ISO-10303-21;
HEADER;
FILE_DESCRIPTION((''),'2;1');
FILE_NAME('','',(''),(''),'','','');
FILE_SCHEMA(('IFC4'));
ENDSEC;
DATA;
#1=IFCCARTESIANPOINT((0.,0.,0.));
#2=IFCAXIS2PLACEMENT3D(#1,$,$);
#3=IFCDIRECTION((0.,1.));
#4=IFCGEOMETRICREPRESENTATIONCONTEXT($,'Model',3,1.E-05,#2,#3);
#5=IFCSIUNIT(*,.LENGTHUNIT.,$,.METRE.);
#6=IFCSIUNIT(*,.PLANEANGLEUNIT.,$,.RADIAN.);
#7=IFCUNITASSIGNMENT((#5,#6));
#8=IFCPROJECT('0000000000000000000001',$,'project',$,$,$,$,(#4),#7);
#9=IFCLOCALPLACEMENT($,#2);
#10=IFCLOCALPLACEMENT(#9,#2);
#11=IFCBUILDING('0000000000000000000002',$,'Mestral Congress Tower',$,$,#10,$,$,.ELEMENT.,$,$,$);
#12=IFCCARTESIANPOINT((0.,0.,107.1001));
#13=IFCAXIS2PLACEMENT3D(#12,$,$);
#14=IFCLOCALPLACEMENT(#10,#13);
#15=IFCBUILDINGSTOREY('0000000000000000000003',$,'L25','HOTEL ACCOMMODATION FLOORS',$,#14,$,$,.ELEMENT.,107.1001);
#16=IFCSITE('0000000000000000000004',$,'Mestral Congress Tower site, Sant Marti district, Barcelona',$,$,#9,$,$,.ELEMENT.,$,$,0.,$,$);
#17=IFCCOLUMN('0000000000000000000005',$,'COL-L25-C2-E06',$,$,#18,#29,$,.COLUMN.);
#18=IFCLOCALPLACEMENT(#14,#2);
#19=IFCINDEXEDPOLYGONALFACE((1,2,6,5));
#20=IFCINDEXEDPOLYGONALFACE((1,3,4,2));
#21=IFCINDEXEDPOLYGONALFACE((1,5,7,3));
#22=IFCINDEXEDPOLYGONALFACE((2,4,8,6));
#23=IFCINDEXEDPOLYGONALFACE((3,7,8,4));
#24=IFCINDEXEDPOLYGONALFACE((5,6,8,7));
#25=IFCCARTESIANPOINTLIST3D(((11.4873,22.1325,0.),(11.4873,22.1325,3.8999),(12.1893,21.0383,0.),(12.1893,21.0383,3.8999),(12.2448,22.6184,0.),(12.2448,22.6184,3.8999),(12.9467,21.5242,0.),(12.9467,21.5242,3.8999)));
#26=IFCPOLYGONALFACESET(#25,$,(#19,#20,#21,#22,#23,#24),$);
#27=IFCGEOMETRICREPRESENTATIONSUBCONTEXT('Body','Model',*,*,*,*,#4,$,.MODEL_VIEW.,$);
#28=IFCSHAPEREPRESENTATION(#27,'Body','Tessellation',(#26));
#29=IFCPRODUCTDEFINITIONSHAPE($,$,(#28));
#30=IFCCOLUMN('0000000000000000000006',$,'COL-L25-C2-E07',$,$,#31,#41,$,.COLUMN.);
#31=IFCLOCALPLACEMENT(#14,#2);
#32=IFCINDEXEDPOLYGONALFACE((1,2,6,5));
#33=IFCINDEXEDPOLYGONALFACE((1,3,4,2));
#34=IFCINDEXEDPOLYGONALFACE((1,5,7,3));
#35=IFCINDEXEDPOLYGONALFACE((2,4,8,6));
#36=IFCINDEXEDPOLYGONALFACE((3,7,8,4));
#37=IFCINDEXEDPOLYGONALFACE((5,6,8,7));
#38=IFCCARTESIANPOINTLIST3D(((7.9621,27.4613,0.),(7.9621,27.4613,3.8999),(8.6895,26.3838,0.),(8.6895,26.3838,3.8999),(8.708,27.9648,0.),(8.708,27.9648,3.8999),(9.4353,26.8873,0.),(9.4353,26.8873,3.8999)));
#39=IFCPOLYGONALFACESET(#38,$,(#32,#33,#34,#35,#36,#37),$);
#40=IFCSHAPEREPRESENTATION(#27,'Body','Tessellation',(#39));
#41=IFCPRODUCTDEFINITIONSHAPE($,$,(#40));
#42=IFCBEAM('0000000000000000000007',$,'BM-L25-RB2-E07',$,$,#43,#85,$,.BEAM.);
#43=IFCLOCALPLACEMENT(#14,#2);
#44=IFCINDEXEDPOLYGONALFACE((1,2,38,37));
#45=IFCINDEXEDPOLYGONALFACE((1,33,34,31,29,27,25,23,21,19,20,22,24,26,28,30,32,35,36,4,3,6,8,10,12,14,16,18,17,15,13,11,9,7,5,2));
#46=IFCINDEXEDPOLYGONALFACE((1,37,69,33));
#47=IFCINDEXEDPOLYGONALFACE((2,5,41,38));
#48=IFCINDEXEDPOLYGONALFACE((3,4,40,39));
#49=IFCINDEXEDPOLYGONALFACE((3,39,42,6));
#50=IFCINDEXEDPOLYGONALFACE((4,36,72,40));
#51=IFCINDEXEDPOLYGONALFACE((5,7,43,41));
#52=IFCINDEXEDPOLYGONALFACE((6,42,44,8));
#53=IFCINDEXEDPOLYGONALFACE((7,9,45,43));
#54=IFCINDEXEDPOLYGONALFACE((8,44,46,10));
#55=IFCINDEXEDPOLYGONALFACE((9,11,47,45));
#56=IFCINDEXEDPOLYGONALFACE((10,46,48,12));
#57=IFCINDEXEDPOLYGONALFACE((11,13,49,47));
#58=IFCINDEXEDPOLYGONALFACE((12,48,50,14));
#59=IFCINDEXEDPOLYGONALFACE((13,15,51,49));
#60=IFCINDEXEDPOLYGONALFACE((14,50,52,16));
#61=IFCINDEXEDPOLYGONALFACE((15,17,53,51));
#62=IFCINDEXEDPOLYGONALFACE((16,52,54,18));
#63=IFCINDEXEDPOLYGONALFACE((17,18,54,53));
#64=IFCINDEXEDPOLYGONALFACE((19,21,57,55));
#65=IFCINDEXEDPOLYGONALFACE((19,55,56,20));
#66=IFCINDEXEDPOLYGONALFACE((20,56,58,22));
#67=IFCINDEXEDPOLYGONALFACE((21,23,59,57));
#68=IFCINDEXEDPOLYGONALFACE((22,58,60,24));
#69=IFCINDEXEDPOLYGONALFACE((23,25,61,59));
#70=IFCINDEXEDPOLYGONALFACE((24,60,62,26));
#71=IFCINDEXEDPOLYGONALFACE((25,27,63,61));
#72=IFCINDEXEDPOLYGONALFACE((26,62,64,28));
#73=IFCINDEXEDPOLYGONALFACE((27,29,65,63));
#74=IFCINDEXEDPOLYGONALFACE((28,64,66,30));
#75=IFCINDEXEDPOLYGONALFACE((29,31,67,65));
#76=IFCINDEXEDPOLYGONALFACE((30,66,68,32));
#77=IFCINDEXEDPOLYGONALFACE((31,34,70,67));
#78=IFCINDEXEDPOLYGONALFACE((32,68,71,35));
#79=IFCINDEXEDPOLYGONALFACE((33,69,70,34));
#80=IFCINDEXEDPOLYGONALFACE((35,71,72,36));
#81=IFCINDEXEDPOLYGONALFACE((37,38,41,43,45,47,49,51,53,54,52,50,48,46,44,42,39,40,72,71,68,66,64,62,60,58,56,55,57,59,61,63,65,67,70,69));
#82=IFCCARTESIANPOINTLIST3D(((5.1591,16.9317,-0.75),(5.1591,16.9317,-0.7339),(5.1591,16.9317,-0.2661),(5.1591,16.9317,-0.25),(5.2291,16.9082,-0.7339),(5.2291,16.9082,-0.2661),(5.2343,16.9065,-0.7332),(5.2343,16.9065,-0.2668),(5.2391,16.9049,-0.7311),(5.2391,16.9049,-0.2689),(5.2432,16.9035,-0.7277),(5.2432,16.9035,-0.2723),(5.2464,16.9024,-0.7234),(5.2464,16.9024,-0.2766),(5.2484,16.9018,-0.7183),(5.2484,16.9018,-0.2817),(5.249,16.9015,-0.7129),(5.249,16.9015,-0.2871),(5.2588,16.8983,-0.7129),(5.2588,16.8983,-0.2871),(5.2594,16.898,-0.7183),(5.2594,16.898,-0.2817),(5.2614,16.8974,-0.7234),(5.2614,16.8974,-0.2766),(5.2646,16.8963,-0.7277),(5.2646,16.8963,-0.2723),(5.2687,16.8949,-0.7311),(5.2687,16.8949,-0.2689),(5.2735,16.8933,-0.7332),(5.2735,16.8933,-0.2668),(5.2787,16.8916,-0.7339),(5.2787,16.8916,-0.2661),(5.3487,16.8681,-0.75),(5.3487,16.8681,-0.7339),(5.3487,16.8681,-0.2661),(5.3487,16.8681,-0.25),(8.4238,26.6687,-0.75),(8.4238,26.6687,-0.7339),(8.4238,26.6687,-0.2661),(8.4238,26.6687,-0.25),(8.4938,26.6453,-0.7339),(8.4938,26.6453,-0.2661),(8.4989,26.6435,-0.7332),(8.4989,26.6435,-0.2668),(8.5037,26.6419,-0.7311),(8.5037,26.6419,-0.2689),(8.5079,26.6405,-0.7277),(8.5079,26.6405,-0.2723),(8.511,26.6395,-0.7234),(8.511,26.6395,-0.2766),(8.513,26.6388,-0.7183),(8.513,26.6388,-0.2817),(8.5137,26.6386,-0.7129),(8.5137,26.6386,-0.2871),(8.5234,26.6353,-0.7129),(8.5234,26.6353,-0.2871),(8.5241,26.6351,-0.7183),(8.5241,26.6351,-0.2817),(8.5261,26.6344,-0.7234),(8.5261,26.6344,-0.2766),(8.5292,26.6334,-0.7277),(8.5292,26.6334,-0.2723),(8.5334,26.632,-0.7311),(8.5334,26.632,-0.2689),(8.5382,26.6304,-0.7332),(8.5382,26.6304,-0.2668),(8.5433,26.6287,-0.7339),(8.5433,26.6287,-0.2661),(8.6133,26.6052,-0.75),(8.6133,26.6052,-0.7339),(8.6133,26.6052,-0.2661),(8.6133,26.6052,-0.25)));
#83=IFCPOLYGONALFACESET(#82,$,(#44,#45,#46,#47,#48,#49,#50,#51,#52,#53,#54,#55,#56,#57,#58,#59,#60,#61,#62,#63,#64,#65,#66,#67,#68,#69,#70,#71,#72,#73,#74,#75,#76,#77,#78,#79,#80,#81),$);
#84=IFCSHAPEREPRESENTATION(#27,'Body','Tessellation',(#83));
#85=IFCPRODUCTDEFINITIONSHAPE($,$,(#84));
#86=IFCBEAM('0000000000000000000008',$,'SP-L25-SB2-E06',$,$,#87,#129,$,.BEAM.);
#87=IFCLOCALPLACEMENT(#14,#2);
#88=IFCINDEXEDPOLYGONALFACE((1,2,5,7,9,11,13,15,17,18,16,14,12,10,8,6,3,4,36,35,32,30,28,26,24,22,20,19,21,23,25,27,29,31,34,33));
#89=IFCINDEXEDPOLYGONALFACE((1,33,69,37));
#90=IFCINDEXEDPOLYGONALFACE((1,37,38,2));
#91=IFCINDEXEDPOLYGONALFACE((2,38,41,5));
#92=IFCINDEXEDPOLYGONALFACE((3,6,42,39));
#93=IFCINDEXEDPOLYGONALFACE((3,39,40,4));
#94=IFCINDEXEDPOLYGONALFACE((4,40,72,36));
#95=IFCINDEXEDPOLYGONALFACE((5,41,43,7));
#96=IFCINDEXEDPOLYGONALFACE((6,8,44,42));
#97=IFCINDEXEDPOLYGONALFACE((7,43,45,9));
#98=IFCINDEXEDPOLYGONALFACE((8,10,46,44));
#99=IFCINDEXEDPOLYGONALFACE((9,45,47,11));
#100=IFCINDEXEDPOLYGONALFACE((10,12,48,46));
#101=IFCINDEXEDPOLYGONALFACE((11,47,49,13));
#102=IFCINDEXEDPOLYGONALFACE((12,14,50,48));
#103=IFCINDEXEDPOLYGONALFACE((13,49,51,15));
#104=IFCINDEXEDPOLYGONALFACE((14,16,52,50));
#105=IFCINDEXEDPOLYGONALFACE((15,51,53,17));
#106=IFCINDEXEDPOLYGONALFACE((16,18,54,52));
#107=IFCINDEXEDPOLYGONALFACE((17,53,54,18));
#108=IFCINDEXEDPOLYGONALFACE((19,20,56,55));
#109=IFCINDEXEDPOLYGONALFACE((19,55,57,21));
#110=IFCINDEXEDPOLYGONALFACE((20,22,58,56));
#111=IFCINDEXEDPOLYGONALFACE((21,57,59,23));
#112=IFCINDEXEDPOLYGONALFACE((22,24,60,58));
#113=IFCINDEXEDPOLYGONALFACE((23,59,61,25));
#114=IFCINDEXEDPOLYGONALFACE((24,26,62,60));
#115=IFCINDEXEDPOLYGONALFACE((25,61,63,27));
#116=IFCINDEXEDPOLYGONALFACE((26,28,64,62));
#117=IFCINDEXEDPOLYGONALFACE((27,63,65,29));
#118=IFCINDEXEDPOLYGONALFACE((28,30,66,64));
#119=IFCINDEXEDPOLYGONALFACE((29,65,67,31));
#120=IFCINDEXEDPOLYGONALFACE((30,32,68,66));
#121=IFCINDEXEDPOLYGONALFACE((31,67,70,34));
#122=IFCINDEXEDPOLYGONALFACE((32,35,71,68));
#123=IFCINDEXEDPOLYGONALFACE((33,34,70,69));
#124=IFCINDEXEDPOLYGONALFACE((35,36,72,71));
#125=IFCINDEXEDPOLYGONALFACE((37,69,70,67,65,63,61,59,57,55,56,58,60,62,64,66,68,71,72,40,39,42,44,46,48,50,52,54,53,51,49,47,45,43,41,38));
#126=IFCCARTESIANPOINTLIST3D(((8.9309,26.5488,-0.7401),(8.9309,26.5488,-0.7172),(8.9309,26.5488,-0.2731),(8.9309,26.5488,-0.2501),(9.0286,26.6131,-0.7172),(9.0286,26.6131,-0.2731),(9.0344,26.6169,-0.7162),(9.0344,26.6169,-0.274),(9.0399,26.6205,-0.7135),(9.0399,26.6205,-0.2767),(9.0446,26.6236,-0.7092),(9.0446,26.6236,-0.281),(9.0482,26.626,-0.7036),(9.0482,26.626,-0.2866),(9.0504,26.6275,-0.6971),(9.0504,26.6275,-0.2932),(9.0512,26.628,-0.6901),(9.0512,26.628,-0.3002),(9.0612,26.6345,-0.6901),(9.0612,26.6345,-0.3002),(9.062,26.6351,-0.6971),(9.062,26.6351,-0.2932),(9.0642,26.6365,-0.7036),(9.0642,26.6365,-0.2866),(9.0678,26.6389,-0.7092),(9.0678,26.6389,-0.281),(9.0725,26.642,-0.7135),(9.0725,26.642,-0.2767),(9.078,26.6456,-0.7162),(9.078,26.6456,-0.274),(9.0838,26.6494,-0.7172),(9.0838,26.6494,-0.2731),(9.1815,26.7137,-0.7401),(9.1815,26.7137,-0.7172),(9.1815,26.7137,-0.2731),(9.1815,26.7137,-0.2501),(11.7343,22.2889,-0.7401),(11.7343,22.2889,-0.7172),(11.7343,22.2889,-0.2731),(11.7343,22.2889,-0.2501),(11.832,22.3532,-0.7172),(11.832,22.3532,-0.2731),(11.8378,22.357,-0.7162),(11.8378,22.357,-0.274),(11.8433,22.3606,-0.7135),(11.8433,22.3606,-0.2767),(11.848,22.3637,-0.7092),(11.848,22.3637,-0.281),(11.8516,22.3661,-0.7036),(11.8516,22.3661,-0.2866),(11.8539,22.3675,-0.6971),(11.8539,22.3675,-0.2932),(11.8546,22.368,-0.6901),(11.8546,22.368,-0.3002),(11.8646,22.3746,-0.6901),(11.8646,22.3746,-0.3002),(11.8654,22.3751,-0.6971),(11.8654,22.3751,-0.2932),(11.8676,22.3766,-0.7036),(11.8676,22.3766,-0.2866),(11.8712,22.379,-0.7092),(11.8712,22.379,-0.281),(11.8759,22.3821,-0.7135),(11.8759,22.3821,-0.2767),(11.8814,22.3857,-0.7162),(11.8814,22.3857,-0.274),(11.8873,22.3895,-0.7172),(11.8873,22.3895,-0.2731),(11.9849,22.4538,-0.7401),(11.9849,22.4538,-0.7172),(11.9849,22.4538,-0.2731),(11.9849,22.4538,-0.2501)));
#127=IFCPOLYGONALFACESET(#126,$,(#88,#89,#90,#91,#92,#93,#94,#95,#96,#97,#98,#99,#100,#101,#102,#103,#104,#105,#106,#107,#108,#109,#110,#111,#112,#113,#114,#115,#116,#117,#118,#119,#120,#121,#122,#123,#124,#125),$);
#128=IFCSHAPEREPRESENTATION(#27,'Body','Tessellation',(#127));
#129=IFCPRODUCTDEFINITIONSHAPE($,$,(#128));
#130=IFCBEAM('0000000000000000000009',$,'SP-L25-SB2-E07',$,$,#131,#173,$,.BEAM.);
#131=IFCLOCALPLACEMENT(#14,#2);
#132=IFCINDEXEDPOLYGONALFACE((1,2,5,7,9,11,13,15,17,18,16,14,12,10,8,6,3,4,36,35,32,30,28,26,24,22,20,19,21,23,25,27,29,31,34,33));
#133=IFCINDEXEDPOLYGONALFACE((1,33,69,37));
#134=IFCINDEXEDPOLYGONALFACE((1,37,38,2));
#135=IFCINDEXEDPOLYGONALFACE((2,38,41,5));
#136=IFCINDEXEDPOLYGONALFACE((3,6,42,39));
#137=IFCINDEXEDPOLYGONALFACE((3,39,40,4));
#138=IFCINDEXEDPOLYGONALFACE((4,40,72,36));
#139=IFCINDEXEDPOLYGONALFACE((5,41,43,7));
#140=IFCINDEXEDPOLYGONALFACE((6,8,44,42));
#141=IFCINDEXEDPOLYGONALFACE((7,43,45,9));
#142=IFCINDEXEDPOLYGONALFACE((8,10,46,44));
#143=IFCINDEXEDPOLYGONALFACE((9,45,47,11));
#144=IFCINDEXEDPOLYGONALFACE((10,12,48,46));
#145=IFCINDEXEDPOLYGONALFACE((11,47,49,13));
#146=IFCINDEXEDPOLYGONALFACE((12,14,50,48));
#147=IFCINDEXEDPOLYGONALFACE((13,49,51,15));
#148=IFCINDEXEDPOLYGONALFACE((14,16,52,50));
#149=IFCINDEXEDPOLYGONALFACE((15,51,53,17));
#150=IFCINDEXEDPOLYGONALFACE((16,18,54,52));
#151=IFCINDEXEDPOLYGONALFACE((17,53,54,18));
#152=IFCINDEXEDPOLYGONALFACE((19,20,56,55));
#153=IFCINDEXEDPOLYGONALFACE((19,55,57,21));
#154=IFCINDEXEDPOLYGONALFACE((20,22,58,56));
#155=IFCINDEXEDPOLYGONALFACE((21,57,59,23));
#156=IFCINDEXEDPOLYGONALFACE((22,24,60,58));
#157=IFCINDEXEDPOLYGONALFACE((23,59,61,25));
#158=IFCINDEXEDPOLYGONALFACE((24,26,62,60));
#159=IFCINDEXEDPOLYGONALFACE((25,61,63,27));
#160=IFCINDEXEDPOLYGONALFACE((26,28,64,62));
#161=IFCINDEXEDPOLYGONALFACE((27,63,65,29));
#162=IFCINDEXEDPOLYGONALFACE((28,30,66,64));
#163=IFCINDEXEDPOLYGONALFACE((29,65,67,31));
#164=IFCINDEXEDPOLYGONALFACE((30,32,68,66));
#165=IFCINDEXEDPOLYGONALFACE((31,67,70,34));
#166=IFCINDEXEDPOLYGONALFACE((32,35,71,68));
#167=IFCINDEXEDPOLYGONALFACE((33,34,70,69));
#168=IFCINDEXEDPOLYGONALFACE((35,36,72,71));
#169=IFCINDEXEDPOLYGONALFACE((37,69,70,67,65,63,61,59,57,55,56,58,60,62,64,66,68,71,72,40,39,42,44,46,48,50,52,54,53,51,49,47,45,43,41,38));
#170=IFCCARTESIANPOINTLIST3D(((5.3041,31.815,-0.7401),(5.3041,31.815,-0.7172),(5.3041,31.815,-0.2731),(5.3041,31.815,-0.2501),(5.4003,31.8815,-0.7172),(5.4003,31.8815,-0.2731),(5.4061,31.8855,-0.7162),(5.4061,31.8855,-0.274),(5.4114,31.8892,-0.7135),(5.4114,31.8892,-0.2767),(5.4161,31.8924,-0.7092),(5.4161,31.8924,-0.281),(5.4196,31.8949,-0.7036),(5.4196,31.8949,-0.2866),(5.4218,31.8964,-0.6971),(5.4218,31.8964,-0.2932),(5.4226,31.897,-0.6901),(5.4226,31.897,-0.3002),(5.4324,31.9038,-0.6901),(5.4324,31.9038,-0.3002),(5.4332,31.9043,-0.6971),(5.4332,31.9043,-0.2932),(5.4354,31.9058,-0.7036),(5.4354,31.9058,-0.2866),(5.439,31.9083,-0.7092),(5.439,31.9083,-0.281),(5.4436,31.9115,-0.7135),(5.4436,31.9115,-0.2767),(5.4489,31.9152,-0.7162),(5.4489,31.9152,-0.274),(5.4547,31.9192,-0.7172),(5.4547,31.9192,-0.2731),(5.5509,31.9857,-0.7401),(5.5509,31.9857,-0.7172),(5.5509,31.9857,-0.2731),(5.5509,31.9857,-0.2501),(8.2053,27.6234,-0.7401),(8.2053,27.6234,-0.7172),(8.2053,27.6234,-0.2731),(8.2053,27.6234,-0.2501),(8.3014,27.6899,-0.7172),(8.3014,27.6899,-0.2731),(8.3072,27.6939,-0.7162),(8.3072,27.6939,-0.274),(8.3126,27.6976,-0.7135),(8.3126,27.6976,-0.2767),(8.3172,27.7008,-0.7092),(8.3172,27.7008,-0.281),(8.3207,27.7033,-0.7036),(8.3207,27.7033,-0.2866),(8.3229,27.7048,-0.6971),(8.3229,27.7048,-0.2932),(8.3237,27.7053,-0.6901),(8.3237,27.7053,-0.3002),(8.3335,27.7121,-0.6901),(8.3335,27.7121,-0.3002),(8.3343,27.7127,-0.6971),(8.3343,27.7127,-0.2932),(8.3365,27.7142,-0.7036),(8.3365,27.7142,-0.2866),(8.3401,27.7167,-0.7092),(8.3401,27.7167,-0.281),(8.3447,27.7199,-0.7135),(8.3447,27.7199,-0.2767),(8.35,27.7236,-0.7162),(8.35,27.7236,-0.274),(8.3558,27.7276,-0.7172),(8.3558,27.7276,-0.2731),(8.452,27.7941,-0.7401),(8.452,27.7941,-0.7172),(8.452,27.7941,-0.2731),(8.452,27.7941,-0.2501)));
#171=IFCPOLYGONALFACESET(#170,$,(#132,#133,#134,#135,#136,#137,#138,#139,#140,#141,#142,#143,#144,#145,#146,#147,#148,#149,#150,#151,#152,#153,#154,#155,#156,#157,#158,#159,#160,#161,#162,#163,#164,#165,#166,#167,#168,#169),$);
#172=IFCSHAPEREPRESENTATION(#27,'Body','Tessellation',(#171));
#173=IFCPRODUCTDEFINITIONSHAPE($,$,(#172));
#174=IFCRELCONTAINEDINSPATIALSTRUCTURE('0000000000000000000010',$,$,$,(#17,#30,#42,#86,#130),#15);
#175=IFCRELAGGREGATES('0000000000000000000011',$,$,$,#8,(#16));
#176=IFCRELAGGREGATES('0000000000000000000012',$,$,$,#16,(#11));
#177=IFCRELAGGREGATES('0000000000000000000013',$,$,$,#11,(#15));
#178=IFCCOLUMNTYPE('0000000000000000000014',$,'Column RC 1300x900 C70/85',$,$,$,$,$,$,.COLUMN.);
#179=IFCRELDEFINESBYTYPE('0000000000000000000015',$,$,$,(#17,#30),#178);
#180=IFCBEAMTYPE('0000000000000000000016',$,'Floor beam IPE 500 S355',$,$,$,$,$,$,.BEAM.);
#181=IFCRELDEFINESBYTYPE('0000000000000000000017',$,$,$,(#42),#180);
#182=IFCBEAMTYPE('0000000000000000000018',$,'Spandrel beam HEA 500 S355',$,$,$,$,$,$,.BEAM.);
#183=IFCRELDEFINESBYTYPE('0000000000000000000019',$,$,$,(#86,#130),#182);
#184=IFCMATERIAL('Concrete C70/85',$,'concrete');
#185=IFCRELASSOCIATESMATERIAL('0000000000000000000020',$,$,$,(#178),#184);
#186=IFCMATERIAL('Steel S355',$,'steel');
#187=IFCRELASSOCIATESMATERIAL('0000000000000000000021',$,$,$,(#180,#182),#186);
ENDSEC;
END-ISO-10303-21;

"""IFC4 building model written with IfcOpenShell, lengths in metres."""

from ifc_helpers import new_model, si_unit, direction, frame, origin, origin_2d, place, context, subcontext, project, spatial, rectangle, i_section, extrude, material, material_profile, profile_set, type_object, element, save


model = new_model("IFC4")

# Units and contexts
model_context = context("Model", 3, precision=1e-05, world=origin(), true_north=direction((0.0, 1.0)))
body_context = subcontext(model_context, "Body", "Model", "MODEL_VIEW")
ifc_project = project(units=[si_unit("LENGTHUNIT", "METRE"), si_unit("PLANEANGLEUNIT", "RADIAN")], contexts=[model_context])

# Site, building, storey
site_placement = place(None, origin())
site = spatial("IfcSite", under=ifc_project, at=site_placement, Name="Mestral Congress Tower site, Sant Marti district, Barcelona", CompositionType="ELEMENT", RefElevation=0.0)
building_placement = place(site_placement, origin())
building = spatial("IfcBuilding", under=site, at=building_placement, Name="Mestral Congress Tower", CompositionType="ELEMENT")
storey_placement = place(building_placement, frame((0.0, 0.0, 107.1001)))
storey = spatial("IfcBuildingStorey", under=building, at=storey_placement, Name="L25", Description="HOTEL ACCOMMODATION FLOORS", CompositionType="ELEMENT", Elevation=107.1001)

# Columns
ifc_material_1 = material(Name="Concrete C70/85", Category="concrete")
ifc_material_profile_1 = material_profile(ifc_material_1, rectangle(XDim=1.3, YDim=0.8999, at=origin_2d()), Name="RC 1300x900")
ifc_profile_set_1 = profile_set([ifc_material_profile_1], Name="Concrete C70/85")
column_type = type_object("IfcColumnType", Name="Column RC 1300x900 C70/85", PredefinedType="COLUMN", material=ifc_profile_set_1)
for number, where, z_axis, x_axis, name in (
    (1, (12.217, 21.8284, 0.0), (0.0, 0.0, 1.0), (-0.539945, 0.8417, 0.0), "COL-L25-C2-E06"),
    (2, (8.6987, 27.1743, 0.0), (0.0, 0.0, 1.0), (-0.559479, 0.828844, 0.0), "COL-L25-C2-E07"),
):
    element("IfcColumn", number, at=place(storey_placement, frame(where, z_axis=z_axis, x_axis=x_axis)), inside=storey, type_object=column_type, Name=name, PredefinedType="COLUMN", context=body_context, shape_type="SweptSolid", body=[
        extrude(rectangle(XDim=1.3, YDim=0.8999, at=origin_2d()), origin(), (0.0, 0.0, 1.0), 3.8999),
    ])

# Beams
ifc_material_2 = material(Name="Steel S355", Category="steel")
ifc_material_profile_2 = material_profile(ifc_material_2, i_section(OverallWidth=0.2, OverallDepth=0.5, WebThickness=0.0103, FlangeThickness=0.0161, FilletRadius=0.021, at=origin_2d()), Name="IPE 500")
ifc_profile_set_2 = profile_set([ifc_material_profile_2], Name="Steel S355")
beam_type_1 = type_object("IfcBeamType", Name="Floor beam IPE 500 S355", PredefinedType="BEAM", material=ifc_profile_set_2)
beam_1_placement = place(storey_placement, frame((8.5186, 26.637, -0.5), z_axis=(-0.317889, -0.948128, 0.0), x_axis=(0.948128, -0.317889, 0.0)))
element("IfcBeam", 3, at=beam_1_placement, inside=storey, type_object=beam_type_1, Name="BM-L25-RB2-E07", PredefinedType="BEAM", context=body_context, shape_type="SweptSolid", body=[
    extrude(i_section(OverallWidth=0.2, OverallDepth=0.5, WebThickness=0.0103, FlangeThickness=0.0161, FilletRadius=0.021, at=origin_2d()), origin(), (0.0, 0.0, 1.0), 10.2698),
])
ifc_material_profile_3 = material_profile(ifc_material_2, i_section(OverallWidth=0.3, OverallDepth=0.49, WebThickness=0.012, FlangeThickness=0.0229, FilletRadius=0.0271, at=origin_2d()), Name="HEA 500")
ifc_profile_set_3 = profile_set([ifc_material_profile_3], Name="Steel S355")
beam_type_2 = type_object("IfcBeamType", Name="Spandrel beam HEA 500 S355", PredefinedType="BEAM", material=ifc_profile_set_3)
beam_2_placement = place(storey_placement, frame((11.8596, 22.3713, -0.4951), z_axis=(-0.54973, 0.835342, 0.0), x_axis=(-0.835342, -0.54973, 0.0)))
element("IfcBeam", 4, at=beam_2_placement, inside=storey, type_object=beam_type_2, Name="SP-L25-SB2-E06", PredefinedType="BEAM", context=body_context, shape_type="SweptSolid", body=[
    extrude(i_section(OverallWidth=0.3, OverallDepth=0.49, WebThickness=0.012, FlangeThickness=0.0229, FilletRadius=0.0271, at=origin_2d()), origin(), (0.0, 0.0, 1.0), 5.0996),
])
beam_3_placement = place(storey_placement, frame((8.3286, 27.7087, -0.4951), z_axis=(-0.569105, 0.822265, 0.0), x_axis=(-0.822265, -0.569105, 0.0)))
element("IfcBeam", 5, at=beam_3_placement, inside=storey, type_object=beam_type_2, Name="SP-L25-SB2-E07", PredefinedType="BEAM", context=body_context, shape_type="SweptSolid", body=[
    extrude(i_section(OverallWidth=0.3, OverallDepth=0.49, WebThickness=0.012, FlangeThickness=0.0229, FilletRadius=0.0271, at=origin_2d()), origin(), (0.0, 0.0, 1.0), 5.0977),
])

save(model, "model.ifc")
